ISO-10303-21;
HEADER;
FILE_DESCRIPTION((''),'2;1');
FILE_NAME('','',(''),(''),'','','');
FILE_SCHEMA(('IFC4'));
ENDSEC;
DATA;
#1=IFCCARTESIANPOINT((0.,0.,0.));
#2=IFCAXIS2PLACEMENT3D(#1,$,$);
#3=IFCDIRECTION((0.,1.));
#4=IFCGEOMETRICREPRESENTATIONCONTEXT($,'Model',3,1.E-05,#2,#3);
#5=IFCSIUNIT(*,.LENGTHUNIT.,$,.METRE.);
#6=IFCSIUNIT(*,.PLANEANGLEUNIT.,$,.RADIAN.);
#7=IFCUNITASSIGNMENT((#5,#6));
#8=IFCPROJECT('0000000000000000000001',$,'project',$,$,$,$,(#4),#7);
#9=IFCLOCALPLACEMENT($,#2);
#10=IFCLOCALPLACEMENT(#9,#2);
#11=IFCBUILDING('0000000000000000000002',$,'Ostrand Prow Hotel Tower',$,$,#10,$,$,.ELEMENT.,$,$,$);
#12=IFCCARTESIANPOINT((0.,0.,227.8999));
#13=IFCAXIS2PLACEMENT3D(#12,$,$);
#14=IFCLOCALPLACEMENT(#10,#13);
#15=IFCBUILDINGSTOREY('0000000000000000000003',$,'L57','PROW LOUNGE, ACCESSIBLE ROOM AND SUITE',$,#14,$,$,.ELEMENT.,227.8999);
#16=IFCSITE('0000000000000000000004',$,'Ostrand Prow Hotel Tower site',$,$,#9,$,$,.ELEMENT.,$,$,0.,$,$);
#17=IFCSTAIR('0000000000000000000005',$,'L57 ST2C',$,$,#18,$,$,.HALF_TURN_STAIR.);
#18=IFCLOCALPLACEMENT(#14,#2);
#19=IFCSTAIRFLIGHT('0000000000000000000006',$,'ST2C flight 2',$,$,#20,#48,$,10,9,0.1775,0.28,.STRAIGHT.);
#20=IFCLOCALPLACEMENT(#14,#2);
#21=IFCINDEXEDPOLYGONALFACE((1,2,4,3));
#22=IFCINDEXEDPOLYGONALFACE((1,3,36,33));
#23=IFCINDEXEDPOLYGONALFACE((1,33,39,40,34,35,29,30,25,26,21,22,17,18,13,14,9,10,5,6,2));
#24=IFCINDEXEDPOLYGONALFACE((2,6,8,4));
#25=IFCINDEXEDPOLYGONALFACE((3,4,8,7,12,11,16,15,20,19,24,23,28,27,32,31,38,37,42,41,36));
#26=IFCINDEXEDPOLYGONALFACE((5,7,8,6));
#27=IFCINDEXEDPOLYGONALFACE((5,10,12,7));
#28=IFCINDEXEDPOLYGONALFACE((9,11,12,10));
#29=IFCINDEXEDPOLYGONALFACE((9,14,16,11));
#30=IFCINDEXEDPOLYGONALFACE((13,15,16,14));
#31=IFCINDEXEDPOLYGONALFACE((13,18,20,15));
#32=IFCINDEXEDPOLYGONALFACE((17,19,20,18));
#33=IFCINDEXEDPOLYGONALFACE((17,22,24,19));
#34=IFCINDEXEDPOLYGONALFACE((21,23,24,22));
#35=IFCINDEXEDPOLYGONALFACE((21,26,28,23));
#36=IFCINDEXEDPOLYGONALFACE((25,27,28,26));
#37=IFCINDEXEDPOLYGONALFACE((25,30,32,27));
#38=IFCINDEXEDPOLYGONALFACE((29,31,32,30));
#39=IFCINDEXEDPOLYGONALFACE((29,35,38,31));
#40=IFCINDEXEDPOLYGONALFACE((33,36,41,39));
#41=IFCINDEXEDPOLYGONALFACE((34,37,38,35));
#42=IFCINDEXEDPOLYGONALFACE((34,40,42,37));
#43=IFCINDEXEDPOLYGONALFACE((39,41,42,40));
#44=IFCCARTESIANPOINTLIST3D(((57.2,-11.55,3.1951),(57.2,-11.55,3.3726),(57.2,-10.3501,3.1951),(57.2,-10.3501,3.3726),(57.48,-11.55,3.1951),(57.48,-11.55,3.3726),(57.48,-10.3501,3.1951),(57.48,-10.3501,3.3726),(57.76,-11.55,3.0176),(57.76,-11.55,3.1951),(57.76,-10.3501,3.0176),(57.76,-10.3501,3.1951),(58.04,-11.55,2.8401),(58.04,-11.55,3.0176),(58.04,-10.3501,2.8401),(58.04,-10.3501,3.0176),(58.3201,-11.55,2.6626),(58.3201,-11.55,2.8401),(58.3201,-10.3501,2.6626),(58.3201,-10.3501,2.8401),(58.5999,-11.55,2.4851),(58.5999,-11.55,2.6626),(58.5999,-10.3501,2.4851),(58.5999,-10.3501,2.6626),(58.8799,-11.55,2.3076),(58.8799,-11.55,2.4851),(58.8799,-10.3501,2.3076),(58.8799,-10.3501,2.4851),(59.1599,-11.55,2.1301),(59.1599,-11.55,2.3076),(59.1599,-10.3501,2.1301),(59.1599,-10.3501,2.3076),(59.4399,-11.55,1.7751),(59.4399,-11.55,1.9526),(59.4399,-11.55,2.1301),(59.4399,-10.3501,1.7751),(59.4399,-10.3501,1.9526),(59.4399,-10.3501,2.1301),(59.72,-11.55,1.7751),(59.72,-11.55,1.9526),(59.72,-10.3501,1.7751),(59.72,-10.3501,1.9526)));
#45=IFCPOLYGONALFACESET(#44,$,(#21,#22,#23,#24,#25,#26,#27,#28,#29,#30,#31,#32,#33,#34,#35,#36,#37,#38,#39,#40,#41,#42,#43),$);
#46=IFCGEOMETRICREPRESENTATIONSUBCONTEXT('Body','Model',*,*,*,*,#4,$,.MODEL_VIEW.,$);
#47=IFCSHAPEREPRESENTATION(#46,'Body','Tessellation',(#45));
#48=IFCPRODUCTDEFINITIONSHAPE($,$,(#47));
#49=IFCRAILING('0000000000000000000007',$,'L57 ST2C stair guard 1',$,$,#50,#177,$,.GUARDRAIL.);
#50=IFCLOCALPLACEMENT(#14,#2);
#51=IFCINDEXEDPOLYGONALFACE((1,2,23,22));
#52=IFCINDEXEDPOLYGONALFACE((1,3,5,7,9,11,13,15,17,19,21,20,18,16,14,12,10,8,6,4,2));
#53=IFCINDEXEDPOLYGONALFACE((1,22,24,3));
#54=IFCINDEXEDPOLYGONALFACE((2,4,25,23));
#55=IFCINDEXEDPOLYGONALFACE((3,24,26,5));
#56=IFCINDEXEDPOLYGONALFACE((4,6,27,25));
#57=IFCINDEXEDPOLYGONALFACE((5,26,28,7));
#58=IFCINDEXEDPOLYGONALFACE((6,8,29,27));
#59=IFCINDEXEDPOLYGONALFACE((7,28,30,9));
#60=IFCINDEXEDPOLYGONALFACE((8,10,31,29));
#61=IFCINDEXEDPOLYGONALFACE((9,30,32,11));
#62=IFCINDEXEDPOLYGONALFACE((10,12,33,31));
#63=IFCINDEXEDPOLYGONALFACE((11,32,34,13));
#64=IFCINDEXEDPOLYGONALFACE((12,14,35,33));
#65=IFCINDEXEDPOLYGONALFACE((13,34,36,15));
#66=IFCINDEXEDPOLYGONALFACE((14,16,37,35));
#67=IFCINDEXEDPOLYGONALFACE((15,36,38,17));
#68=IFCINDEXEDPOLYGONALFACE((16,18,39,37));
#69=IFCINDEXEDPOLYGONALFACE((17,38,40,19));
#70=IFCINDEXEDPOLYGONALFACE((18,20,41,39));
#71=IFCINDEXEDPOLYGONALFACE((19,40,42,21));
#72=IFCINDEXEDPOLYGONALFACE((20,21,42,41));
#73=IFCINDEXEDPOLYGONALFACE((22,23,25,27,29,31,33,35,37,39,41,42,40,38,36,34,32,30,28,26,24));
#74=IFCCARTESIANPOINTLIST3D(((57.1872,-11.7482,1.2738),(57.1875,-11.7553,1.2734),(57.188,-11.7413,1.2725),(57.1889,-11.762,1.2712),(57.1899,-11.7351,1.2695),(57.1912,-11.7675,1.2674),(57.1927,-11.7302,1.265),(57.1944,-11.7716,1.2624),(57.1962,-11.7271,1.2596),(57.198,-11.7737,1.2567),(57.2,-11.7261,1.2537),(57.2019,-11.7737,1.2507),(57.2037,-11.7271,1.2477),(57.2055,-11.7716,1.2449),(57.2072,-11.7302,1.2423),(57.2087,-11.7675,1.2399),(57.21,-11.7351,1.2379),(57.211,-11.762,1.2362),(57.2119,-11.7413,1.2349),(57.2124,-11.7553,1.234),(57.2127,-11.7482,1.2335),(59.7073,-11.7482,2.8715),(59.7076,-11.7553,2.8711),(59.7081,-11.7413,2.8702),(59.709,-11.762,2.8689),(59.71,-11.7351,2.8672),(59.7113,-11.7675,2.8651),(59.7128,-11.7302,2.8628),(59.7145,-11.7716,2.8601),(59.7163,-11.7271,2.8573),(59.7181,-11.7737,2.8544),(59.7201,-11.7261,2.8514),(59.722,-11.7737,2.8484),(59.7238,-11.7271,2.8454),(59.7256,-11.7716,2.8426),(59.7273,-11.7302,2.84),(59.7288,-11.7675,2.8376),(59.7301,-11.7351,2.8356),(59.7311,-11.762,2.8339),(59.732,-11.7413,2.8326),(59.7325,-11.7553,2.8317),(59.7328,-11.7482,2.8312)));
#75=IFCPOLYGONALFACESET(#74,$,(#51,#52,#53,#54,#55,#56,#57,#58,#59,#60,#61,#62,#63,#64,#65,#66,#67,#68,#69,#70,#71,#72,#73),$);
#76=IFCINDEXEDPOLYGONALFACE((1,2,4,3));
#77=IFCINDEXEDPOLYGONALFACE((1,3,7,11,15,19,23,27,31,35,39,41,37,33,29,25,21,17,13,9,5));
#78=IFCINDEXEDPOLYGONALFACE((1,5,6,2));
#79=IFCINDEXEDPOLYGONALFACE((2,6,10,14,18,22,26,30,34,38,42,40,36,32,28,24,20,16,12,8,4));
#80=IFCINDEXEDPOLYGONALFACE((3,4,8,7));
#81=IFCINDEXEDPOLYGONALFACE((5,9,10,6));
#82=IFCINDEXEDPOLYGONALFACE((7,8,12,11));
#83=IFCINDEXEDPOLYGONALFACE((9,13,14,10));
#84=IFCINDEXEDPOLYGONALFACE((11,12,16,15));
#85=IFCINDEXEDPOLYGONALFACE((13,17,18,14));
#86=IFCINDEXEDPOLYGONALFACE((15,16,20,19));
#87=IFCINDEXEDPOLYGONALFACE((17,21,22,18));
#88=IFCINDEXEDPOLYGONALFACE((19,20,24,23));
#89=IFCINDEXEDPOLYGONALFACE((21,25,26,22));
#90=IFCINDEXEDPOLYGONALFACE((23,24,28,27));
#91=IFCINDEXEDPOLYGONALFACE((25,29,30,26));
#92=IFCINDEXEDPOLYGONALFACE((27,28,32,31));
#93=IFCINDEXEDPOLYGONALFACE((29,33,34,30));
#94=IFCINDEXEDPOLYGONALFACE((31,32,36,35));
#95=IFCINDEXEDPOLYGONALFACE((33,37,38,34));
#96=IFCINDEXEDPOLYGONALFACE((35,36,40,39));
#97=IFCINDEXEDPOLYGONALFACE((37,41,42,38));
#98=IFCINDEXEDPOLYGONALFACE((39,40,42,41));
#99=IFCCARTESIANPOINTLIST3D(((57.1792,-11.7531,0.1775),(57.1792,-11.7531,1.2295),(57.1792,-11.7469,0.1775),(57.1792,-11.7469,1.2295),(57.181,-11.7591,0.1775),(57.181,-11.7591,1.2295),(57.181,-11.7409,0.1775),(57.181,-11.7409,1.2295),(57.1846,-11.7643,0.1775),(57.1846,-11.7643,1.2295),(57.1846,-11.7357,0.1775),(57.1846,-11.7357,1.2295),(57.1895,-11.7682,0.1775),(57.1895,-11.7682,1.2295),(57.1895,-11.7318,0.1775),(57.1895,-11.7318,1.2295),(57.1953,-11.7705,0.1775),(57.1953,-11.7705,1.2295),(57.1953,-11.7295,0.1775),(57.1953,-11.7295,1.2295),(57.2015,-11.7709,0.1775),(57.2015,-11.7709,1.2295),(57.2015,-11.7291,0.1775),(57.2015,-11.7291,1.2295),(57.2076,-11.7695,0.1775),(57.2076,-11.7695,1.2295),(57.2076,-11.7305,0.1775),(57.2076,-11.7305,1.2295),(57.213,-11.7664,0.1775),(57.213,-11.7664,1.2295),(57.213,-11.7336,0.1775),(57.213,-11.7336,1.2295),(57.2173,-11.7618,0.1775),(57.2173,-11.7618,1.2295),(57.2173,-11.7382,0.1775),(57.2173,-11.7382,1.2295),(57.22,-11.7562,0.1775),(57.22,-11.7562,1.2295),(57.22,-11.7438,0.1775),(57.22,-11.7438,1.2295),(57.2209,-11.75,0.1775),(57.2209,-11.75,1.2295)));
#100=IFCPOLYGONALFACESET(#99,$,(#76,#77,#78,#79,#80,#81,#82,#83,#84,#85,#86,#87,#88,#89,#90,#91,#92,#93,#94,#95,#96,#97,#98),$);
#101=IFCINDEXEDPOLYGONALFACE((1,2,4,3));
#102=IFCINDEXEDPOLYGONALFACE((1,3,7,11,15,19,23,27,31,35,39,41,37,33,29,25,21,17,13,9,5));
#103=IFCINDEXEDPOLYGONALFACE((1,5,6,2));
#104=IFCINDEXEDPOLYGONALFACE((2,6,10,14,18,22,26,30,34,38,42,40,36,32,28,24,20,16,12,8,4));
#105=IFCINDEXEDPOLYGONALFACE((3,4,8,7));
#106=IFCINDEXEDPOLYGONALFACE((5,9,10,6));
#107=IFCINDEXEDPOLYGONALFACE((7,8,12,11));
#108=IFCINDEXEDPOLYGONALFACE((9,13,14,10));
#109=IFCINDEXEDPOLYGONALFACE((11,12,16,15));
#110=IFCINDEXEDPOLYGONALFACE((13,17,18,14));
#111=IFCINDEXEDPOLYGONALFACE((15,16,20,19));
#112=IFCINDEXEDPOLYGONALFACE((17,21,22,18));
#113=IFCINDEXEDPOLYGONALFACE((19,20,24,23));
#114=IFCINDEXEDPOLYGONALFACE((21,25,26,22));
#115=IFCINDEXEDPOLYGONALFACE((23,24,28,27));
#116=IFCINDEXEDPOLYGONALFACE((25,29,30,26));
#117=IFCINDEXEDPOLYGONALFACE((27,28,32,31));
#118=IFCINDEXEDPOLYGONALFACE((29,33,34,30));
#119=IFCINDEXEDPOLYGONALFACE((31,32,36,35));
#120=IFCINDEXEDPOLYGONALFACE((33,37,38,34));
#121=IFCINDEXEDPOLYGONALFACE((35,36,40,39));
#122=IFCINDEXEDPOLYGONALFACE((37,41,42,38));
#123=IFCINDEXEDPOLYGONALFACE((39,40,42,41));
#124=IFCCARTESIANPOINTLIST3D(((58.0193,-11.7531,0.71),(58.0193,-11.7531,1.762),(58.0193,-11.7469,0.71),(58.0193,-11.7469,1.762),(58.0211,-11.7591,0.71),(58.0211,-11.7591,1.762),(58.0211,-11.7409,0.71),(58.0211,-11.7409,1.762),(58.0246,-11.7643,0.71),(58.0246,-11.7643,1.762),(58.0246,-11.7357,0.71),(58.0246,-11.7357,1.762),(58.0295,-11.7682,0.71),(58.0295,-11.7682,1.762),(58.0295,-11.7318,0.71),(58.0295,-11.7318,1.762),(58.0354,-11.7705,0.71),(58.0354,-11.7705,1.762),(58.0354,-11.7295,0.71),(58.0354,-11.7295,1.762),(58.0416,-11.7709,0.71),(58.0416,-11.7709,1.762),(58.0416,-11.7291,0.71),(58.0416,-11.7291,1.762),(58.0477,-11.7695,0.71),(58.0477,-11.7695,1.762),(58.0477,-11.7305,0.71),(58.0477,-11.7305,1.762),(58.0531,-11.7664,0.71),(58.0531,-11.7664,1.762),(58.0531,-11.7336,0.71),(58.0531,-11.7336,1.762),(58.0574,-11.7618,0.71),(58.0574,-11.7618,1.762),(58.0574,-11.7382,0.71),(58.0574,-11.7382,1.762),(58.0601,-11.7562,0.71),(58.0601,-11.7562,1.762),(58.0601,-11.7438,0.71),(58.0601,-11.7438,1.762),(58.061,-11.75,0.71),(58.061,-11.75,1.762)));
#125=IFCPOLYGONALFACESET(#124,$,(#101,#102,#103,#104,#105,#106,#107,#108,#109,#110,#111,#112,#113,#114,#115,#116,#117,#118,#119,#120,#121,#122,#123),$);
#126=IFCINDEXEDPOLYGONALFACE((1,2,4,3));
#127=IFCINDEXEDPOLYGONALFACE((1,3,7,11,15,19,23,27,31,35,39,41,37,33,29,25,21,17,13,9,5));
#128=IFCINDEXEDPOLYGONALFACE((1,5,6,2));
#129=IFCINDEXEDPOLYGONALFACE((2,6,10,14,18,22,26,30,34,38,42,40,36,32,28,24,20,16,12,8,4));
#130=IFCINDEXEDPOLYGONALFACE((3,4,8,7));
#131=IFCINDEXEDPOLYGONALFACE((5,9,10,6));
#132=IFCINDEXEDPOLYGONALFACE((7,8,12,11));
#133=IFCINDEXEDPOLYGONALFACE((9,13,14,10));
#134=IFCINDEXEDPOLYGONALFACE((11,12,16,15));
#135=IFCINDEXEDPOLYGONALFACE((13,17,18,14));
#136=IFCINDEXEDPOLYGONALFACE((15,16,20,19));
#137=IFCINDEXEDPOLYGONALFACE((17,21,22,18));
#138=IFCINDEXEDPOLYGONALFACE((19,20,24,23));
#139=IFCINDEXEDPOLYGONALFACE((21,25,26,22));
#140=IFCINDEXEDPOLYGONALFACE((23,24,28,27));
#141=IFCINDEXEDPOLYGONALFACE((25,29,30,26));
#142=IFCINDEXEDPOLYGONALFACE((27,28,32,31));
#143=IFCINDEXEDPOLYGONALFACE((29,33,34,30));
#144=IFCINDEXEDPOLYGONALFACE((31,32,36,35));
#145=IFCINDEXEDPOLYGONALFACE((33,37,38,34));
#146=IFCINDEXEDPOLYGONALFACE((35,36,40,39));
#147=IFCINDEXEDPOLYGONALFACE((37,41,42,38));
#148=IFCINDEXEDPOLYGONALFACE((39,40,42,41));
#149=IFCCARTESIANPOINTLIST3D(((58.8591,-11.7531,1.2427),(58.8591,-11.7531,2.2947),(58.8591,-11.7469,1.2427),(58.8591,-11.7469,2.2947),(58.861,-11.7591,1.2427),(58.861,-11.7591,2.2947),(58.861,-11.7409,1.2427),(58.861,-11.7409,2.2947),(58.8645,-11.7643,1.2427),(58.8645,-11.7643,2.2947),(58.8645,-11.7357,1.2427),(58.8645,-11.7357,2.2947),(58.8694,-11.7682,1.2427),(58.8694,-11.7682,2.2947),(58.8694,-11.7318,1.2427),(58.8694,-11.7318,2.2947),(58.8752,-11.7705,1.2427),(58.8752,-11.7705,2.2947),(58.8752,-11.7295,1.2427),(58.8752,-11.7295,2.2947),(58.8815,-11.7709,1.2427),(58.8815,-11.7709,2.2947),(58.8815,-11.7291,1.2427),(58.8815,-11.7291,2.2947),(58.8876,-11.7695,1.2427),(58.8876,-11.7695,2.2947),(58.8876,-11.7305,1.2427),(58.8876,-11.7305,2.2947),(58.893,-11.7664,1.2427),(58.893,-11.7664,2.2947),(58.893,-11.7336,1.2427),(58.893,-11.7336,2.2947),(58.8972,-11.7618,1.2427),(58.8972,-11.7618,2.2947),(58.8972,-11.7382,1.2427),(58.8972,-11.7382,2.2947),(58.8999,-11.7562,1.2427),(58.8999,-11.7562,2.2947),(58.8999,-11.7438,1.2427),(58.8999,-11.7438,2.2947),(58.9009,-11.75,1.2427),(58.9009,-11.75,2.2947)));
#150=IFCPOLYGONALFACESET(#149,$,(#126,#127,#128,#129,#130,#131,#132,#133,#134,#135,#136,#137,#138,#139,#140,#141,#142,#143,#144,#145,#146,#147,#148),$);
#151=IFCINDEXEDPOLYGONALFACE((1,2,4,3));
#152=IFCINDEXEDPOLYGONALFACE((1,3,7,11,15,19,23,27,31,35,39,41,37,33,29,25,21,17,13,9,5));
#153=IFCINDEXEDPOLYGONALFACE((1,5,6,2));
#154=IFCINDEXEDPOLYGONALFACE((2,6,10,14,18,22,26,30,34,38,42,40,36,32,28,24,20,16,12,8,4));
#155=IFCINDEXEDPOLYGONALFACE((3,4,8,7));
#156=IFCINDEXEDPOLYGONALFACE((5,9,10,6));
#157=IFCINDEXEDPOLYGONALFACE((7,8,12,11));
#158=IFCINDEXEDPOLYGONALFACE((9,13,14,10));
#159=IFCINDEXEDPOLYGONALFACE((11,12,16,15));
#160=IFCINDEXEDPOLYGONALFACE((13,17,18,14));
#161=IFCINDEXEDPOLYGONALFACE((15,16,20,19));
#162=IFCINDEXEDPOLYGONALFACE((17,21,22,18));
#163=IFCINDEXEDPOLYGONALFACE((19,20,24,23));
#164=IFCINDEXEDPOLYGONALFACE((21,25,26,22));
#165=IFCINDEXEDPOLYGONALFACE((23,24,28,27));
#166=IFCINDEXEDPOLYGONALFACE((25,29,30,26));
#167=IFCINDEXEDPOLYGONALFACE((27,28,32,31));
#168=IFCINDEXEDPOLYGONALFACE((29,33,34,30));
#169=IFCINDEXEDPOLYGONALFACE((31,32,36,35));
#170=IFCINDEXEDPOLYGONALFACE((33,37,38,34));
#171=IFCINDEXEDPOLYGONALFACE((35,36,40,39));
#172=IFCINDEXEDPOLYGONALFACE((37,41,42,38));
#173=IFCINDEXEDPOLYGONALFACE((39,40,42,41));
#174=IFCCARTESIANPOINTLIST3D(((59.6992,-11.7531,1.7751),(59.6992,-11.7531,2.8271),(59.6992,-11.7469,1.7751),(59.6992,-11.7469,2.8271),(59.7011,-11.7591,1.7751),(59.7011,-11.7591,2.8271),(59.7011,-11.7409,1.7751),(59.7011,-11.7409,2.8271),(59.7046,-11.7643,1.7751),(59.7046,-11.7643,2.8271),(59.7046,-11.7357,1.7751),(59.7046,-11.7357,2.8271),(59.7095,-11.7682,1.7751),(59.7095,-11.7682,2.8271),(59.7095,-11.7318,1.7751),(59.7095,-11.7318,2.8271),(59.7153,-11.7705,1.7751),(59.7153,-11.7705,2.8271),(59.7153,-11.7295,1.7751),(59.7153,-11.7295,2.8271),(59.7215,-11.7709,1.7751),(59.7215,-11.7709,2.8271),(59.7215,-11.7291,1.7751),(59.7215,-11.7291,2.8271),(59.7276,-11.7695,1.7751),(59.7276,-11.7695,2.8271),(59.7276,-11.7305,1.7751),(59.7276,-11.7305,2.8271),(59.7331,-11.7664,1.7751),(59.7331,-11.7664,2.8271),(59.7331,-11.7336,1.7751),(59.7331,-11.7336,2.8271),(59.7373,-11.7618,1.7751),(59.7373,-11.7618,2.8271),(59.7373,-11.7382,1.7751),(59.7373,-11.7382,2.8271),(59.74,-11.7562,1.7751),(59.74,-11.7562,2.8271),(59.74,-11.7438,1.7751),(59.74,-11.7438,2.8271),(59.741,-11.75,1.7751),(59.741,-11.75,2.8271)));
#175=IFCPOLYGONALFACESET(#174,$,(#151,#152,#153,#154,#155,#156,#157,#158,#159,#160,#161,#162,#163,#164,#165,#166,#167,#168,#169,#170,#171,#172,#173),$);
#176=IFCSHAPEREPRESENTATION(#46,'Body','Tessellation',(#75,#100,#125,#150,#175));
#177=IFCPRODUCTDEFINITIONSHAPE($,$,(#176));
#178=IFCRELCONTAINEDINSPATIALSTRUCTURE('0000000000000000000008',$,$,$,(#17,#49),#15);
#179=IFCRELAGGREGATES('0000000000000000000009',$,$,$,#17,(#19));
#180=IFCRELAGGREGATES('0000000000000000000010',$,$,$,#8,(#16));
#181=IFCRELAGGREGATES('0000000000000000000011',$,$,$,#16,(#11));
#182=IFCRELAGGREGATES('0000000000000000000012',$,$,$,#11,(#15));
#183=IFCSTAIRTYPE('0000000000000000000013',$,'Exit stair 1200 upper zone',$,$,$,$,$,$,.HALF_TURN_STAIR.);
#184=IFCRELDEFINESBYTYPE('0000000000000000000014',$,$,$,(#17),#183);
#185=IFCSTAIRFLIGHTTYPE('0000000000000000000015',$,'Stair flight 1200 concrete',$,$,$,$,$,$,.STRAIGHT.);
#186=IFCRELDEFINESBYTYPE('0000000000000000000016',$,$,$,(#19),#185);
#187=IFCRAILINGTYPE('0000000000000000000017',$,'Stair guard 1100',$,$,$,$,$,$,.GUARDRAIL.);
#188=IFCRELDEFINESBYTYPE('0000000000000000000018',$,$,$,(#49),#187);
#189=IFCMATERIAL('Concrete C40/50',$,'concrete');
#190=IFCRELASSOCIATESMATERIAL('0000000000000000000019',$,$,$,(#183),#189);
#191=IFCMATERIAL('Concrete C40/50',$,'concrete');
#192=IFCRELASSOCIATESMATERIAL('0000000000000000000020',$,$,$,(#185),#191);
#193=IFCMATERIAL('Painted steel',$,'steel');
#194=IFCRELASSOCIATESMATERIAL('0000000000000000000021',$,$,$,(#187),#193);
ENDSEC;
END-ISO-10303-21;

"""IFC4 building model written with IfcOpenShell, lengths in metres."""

from ifc_helpers import new_model, si_unit, direction, frame, origin, origin_2d, place, context, subcontext, project, spatial, polyline, circle, outline, extrude, material, type_object, element, aggregate, save


model = new_model("IFC4")

# Units and contexts
model_context = context("Model", 3, precision=1e-05, world=origin(), true_north=direction((0.0, 1.0)))
body_context = subcontext(model_context, "Body", "Model", "MODEL_VIEW")
ifc_project = project(units=[si_unit("LENGTHUNIT", "METRE"), si_unit("PLANEANGLEUNIT", "RADIAN")], contexts=[model_context])

# Site, building, storey
site_placement = place(None, origin())
site = spatial("IfcSite", under=ifc_project, at=site_placement, Name="Ostrand Prow Hotel Tower site", CompositionType="ELEMENT", RefElevation=0.0)
building_placement = place(site_placement, origin())
building = spatial("IfcBuilding", under=site, at=building_placement, Name="Ostrand Prow Hotel Tower", CompositionType="ELEMENT")
storey_placement = place(building_placement, frame((0.0, 0.0, 227.8999)))
storey = spatial("IfcBuildingStorey", under=building, at=storey_placement, Name="L57", Description="PROW LOUNGE, ACCESSIBLE ROOM AND SUITE", CompositionType="ELEMENT", Elevation=227.8999)

# Stair, stair flight
ifc_material_1 = material(Name="Concrete C40/50", Category="concrete")
stair_type = type_object("IfcStairType", Name="Exit stair 1200 upper zone", PredefinedType="HALF_TURN_STAIR", material=ifc_material_1)
stair_placement = place(storey_placement, origin())
stair = element("IfcStair", 1, at=stair_placement, inside=storey, type_object=stair_type, Name="L57 ST2C", PredefinedType="HALF_TURN_STAIR")
ifc_material_2 = material(Name="Concrete C40/50", Category="concrete")
stair_flight_type = type_object("IfcStairFlightType", Name="Stair flight 1200 concrete", PredefinedType="STRAIGHT", material=ifc_material_2)
stair_flight_placement = place(storey_placement, frame((59.72, -10.95, 1.7751), z_axis=(0.0, 0.0, 1.0), x_axis=(-1.0, 0.0, 0.0)))
stair_flight = element("IfcStairFlight", 2, at=stair_flight_placement, type_object=stair_flight_type, Name="ST2C flight 2", NumberOfRisers=10, NumberOfTreads=9, PredefinedType="STRAIGHT", RiserHeight=0.1775, TreadLength=0.28, context=body_context, shape_type="SweptSolid", body=[
    extrude(outline(polyline([(0.0, 0.0), (0.0, 0.1775), (0.28, 0.1775), (0.28, 0.355), (0.5601, 0.355), (0.5601, 0.5325), (0.8401, 0.5325), (0.8401, 0.71), (1.1201, 0.71), (1.1201, 0.8875), (1.3999, 0.8875), (1.3999, 1.0649), (1.6799, 1.0649), (1.6799, 1.2424), (1.96, 1.2424), (1.96, 1.4199), (2.24, 1.4199), (2.24, 1.5974), (2.52, 1.5974), (2.52, 1.7749), (2.52, 1.4199), (0.28, 0.0), (0.0, 0.0)])), frame((0.0, 0.6001, 0.0), z_axis=(0.0, -1.0, 0.0), x_axis=(1.0, 0.0, 0.0)), (0.0, 0.0, 1.0), 1.2),
])
aggregate(stair, [stair_flight])

# Railing
ifc_material_3 = material(Name="Painted steel", Category="steel")
railing_type_1 = type_object("IfcRailingType", Name="Stair guard 1100", PredefinedType="GUARDRAIL", material=ifc_material_3)
railing_1_placement = place(storey_placement, frame((57.2, -11.75, 0.1775)))
element("IfcRailing", 3, at=railing_1_placement, inside=storey, type_object=railing_type_1, Name="L57 ST2C stair guard 1", PredefinedType="GUARDRAIL", context=body_context, shape_type="SweptSolid", body=[
    extrude(circle(Radius=0.0239, at=origin_2d()), frame((0.0, 0.0, 1.0762), z_axis=(0.84457, 0.0, 0.535445), x_axis=(0.0, 1.0, 0.0)), (0.0, 0.0, 1.0), 2.9839),
    extrude(circle(Radius=0.021, at=origin_2d()), origin(), (0.0, 0.0, 1.0), 1.052),
    extrude(circle(Radius=0.021, at=origin_2d()), frame((0.8401, 0.0, 0.5325)), (0.0, 0.0, 1.0), 1.052),
    extrude(circle(Radius=0.021, at=origin_2d()), frame((1.6799, 0.0, 1.0652)), (0.0, 0.0, 1.0), 1.052),
    extrude(circle(Radius=0.021, at=origin_2d()), frame((2.52, 0.0, 1.5977)), (0.0, 0.0, 1.0), 1.052),
])

save(model, "model.ifc")
